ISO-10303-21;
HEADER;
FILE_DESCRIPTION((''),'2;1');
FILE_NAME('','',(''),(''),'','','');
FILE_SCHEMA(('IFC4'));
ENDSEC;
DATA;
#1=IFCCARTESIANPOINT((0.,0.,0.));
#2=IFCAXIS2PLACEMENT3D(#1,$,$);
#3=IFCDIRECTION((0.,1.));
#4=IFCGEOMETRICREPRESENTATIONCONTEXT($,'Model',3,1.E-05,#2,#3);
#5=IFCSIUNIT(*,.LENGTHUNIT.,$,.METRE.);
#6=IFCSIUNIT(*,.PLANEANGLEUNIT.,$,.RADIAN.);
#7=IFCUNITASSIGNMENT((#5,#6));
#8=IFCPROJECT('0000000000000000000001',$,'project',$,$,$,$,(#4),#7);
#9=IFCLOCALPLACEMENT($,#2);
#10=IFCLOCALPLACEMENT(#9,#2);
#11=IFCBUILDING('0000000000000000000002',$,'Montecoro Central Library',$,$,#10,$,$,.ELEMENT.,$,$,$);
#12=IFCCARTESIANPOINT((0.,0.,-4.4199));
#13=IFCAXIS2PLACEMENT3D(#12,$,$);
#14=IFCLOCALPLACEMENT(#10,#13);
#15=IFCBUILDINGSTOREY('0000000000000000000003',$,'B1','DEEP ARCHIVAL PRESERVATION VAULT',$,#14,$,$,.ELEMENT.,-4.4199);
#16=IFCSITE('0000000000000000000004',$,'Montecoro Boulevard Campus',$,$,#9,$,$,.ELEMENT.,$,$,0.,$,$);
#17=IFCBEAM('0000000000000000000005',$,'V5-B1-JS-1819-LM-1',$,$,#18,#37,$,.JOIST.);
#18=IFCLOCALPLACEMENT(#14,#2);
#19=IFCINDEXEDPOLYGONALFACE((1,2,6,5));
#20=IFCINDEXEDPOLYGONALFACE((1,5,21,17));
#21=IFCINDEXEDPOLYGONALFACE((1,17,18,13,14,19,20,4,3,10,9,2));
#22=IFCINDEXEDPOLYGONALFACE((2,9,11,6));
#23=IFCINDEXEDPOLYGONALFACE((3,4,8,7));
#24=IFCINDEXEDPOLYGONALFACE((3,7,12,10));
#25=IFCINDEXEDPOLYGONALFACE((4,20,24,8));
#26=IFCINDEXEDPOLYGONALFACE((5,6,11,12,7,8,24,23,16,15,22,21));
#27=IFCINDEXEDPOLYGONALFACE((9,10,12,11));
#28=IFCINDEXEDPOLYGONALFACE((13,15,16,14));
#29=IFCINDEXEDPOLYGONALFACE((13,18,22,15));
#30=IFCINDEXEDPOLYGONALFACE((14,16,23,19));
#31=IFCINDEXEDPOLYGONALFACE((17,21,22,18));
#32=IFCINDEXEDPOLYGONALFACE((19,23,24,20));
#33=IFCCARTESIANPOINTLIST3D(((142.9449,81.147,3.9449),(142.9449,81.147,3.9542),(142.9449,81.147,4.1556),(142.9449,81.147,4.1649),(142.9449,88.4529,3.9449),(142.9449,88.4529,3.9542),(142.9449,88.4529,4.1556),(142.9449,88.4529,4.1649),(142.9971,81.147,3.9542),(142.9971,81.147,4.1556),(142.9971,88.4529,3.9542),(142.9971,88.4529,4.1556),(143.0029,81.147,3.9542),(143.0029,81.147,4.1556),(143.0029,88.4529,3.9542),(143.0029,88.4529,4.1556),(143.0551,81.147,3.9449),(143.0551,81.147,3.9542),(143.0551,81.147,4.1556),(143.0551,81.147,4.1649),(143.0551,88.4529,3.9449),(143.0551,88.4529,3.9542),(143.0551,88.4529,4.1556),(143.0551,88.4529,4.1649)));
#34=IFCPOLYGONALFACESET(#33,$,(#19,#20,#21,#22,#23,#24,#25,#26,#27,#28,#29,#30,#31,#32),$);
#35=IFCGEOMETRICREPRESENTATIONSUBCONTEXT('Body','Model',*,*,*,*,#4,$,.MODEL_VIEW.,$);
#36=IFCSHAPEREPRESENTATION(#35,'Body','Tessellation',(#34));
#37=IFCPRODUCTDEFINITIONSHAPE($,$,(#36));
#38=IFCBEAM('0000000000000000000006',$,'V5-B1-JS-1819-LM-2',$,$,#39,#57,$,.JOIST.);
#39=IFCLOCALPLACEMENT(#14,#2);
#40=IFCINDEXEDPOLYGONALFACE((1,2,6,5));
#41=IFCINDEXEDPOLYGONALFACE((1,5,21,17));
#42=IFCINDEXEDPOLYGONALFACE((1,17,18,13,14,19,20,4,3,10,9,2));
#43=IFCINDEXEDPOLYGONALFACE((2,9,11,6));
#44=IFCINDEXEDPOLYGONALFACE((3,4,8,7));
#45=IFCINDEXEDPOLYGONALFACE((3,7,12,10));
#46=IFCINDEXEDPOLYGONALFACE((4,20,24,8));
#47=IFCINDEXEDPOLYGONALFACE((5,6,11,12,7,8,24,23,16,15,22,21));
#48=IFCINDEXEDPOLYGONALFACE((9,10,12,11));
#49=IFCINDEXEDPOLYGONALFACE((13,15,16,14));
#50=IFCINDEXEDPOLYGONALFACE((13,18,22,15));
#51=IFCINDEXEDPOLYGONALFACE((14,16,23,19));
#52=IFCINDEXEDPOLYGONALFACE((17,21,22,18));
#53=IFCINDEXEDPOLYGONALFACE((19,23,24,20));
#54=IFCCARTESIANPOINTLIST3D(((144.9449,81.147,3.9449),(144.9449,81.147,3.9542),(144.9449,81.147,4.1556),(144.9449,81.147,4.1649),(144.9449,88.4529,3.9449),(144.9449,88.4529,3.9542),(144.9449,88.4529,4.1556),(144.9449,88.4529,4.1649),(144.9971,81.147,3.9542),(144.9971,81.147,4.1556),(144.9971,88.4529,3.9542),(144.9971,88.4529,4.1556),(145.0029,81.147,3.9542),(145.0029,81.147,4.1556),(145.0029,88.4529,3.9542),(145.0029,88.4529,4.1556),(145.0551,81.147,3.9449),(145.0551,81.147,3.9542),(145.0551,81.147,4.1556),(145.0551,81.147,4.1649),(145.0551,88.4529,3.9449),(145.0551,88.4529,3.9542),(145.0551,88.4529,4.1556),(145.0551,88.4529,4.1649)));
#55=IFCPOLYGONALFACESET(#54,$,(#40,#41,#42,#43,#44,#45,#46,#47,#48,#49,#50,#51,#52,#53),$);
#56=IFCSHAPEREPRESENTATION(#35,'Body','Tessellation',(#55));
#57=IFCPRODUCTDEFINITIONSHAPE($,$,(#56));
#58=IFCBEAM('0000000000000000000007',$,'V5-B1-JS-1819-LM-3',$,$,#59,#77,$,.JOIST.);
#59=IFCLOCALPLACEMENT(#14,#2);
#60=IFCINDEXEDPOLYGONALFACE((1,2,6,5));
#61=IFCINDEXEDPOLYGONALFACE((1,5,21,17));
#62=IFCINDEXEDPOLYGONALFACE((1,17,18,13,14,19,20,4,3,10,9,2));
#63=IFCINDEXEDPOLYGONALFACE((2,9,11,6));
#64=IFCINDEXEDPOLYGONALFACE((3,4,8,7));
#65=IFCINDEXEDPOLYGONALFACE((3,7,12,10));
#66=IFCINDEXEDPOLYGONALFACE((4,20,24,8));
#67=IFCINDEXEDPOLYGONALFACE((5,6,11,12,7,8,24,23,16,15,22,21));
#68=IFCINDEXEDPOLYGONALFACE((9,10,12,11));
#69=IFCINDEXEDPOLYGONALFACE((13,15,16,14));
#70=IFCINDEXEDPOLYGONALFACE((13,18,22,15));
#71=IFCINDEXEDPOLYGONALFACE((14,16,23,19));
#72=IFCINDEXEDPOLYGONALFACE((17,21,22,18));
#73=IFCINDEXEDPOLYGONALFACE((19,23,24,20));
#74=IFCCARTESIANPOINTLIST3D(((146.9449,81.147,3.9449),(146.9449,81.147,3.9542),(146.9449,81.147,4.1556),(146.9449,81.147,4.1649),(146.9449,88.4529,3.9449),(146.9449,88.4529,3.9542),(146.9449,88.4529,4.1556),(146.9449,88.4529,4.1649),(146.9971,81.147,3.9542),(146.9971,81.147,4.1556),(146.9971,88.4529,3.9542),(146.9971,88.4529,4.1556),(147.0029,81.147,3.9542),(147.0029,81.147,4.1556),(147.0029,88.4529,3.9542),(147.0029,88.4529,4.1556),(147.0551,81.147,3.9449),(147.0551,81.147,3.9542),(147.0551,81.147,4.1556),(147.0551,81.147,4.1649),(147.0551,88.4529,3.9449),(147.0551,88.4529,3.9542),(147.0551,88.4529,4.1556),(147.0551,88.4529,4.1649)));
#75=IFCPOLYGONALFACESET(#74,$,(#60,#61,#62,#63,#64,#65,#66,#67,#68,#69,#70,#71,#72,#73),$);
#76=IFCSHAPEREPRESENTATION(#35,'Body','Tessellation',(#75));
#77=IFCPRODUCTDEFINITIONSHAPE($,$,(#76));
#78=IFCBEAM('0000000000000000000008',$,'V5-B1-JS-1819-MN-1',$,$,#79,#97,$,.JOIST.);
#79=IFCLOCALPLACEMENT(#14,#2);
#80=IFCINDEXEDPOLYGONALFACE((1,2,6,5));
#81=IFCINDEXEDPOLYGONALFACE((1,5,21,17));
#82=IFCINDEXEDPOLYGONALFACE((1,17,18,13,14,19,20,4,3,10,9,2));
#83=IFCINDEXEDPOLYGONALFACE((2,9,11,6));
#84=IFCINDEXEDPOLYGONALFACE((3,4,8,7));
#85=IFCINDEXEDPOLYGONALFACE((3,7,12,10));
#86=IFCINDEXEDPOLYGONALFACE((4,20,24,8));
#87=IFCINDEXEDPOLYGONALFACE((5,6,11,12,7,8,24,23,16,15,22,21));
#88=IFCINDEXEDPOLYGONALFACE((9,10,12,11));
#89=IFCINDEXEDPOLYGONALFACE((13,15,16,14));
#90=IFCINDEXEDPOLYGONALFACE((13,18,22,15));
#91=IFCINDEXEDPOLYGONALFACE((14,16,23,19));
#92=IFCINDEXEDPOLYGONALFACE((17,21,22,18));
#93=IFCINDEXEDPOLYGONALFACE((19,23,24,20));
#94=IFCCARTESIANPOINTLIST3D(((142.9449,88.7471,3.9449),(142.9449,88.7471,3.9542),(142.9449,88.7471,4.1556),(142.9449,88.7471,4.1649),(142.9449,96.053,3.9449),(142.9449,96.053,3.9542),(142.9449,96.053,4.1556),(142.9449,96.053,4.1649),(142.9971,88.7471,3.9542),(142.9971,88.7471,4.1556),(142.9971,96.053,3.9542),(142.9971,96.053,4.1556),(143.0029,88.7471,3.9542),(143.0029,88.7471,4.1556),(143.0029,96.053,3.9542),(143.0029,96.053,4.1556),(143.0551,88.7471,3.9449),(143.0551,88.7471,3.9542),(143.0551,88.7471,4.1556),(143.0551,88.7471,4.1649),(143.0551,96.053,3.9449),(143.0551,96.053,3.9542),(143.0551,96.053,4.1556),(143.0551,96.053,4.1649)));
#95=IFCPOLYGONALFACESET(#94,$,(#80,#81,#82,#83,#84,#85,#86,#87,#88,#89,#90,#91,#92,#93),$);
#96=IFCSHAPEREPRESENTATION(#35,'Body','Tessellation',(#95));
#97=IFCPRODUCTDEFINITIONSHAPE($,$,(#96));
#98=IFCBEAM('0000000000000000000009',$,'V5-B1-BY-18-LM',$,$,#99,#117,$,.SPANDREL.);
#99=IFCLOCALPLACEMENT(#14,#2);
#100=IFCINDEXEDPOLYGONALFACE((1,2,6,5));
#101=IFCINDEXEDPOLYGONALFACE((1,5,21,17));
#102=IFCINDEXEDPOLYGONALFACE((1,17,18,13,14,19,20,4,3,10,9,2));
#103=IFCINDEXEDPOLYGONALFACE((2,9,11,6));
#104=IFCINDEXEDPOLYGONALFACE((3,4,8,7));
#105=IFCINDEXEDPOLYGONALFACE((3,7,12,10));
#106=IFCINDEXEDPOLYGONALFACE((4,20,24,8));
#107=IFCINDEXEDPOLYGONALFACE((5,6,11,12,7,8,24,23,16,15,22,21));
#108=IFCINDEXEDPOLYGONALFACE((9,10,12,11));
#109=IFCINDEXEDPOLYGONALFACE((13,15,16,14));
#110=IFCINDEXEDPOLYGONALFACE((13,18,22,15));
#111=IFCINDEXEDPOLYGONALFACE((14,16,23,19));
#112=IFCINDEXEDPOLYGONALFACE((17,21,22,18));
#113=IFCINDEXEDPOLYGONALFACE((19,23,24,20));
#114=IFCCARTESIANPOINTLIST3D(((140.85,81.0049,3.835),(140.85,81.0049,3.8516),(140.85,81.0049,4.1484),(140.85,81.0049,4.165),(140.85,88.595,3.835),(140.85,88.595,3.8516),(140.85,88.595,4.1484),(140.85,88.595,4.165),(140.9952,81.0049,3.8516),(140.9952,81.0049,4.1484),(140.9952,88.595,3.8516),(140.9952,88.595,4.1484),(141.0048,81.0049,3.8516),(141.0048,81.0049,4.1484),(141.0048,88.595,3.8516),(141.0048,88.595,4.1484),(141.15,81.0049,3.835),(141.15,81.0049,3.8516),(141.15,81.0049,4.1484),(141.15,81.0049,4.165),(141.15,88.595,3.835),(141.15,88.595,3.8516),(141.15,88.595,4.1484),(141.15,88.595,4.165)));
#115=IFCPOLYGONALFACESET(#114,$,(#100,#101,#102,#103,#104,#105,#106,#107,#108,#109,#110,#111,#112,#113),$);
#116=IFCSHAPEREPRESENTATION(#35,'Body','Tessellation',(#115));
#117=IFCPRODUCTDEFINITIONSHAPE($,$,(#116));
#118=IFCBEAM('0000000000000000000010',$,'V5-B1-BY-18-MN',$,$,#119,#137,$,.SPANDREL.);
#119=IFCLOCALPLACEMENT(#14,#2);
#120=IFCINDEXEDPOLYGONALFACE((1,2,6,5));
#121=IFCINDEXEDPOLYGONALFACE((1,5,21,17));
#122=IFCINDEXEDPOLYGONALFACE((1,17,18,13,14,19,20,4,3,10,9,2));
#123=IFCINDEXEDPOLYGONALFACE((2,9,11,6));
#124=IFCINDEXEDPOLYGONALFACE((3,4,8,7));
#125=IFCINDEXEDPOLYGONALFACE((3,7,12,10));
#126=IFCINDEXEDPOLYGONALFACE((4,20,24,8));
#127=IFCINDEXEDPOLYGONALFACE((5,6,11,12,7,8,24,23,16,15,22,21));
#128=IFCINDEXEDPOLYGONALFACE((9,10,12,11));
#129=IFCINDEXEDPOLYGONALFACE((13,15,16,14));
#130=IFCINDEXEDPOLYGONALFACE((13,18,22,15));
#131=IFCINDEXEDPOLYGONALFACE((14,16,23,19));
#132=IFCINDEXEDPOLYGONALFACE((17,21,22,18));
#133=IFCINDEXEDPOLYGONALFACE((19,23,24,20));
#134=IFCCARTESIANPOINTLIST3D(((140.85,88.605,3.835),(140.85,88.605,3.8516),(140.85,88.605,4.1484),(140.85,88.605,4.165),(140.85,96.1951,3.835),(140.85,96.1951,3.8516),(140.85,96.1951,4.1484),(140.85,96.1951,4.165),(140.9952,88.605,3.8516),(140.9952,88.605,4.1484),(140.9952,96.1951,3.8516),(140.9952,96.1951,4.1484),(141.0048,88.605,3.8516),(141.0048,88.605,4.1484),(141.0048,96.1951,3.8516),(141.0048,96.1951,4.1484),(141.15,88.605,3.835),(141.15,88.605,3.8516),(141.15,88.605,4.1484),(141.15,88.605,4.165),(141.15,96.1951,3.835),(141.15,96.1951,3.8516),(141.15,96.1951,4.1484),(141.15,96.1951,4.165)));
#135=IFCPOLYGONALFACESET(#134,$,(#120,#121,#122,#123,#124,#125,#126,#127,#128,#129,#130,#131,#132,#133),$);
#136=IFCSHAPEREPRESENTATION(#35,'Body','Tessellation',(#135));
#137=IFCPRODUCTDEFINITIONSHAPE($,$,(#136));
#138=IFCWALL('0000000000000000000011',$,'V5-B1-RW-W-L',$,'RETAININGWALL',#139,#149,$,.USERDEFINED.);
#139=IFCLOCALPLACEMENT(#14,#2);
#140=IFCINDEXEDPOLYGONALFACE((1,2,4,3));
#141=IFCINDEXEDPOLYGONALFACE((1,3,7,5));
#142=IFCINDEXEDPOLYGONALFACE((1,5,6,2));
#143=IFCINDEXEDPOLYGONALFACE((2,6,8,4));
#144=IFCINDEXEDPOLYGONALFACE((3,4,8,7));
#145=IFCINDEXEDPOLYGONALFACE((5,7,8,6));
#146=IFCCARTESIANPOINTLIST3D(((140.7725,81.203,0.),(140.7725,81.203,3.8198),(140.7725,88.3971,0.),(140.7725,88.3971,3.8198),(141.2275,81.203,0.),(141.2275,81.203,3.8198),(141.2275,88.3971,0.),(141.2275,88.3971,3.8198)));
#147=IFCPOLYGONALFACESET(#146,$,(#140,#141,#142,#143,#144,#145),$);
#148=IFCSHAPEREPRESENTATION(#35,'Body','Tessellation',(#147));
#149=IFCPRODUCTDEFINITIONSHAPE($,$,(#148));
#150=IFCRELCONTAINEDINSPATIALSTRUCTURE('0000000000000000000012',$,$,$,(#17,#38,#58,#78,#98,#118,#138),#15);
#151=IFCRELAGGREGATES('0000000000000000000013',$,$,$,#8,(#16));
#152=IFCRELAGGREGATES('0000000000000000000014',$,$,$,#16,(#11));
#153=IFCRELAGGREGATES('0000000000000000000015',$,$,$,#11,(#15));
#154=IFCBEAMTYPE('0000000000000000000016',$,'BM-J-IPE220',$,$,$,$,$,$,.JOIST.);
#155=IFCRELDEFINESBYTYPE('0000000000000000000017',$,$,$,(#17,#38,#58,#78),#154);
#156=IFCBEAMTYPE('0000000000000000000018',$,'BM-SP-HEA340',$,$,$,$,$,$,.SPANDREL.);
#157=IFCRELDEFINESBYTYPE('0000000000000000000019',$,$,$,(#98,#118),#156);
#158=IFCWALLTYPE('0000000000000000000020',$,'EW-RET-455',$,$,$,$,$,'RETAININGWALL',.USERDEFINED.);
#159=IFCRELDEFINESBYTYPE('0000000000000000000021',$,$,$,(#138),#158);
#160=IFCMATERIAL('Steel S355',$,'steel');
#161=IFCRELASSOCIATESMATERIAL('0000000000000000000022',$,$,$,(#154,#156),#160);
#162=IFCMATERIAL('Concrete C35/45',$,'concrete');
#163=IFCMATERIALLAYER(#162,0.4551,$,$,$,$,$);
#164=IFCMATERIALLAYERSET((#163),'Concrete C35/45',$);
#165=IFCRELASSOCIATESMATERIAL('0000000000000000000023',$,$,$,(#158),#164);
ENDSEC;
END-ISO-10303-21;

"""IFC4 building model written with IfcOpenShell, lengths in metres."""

from ifc_helpers import new_model, si_unit, direction, frame, frame_2d, origin, origin_2d, place, context, subcontext, project, spatial, rectangle, i_section, extrude, material, layer, layer_set, material_profile, profile_set, type_object, element, save


model = new_model("IFC4")

# Units and contexts
model_context = context("Model", 3, precision=1e-05, world=origin(), true_north=direction((0.0, 1.0)))
body_context = subcontext(model_context, "Body", "Model", "MODEL_VIEW")
ifc_project = project(units=[si_unit("LENGTHUNIT", "METRE"), si_unit("PLANEANGLEUNIT", "RADIAN")], contexts=[model_context])

# Site, building, storey
site_placement = place(None, origin())
site = spatial("IfcSite", under=ifc_project, at=site_placement, Name="Montecoro Boulevard Campus", CompositionType="ELEMENT", RefElevation=0.0)
building_placement = place(site_placement, origin())
building = spatial("IfcBuilding", under=site, at=building_placement, Name="Montecoro Central Library", CompositionType="ELEMENT")
storey_placement = place(building_placement, frame((0.0, 0.0, -4.4199)))
storey = spatial("IfcBuildingStorey", under=building, at=storey_placement, Name="B1", Description="DEEP ARCHIVAL PRESERVATION VAULT", CompositionType="ELEMENT", Elevation=-4.4199)

# Shared definitions
ifc_material_1 = material(Name="Concrete C35/45", Category="concrete")

# Beams
ifc_material_2 = material(Name="Steel S355", Category="steel")
ifc_material_profile_1 = material_profile(ifc_material_2, i_section(OverallWidth=0.1101, OverallDepth=0.22, WebThickness=0.0059, FlangeThickness=0.0093, at=origin_2d()), Name="IPE 220")
ifc_profile_set_1 = profile_set([ifc_material_profile_1], Name="Steel S355")
beam_type_1 = type_object("IfcBeamType", Name="BM-J-IPE220", PredefinedType="JOIST", material=ifc_profile_set_1)
for number, where, z_axis, x_axis, name in (
    (1, (143.0, 81.147, 4.0549), (0.0, 1.0, 0.0), (-1.0, 0.0, 0.0), "V5-B1-JS-1819-LM-1"),
    (2, (145.0, 81.147, 4.0549), (0.0, 1.0, 0.0), (-1.0, 0.0, 0.0), "V5-B1-JS-1819-LM-2"),
    (3, (147.0, 81.147, 4.0549), (0.0, 1.0, 0.0), (-1.0, 0.0, 0.0), "V5-B1-JS-1819-LM-3"),
    (4, (143.0, 88.7471, 4.0549), (0.0, 1.0, 0.0), (-1.0, 0.0, 0.0), "V5-B1-JS-1819-MN-1"),
):
    element("IfcBeam", number, at=place(storey_placement, frame(where, z_axis=z_axis, x_axis=x_axis)), inside=storey, type_object=beam_type_1, Name=name, PredefinedType="JOIST", context=body_context, shape_type="SweptSolid", body=[
        extrude(i_section(OverallWidth=0.1101, OverallDepth=0.22, WebThickness=0.0059, FlangeThickness=0.0093, at=origin_2d()), origin(), (0.0, 0.0, 1.0), 7.3059),
    ])
ifc_material_profile_2 = material_profile(ifc_material_2, i_section(OverallWidth=0.3, OverallDepth=0.3301, WebThickness=0.0095, FlangeThickness=0.0166, at=origin_2d()), Name="HEA 340")
ifc_profile_set_2 = profile_set([ifc_material_profile_2], Name="Steel S355")
beam_type_2 = type_object("IfcBeamType", Name="BM-SP-HEA340", PredefinedType="SPANDREL", material=ifc_profile_set_2)
for number, where, z_axis, x_axis, name in (
    (5, (141.0, 81.0049, 4.0), (0.0, 1.0, 0.0), (-1.0, 0.0, 0.0), "V5-B1-BY-18-LM"),
    (6, (141.0, 88.605, 4.0), (0.0, 1.0, 0.0), (-1.0, 0.0, 0.0), "V5-B1-BY-18-MN"),
):
    element("IfcBeam", number, at=place(storey_placement, frame(where, z_axis=z_axis, x_axis=x_axis)), inside=storey, type_object=beam_type_2, Name=name, PredefinedType="SPANDREL", context=body_context, shape_type="SweptSolid", body=[
        extrude(i_section(OverallWidth=0.3, OverallDepth=0.3301, WebThickness=0.0095, FlangeThickness=0.0166, at=origin_2d()), origin(), (0.0, 0.0, 1.0), 7.5901),
    ])

# Wall
ifc_layer = layer(ifc_material_1, 0.4551)
ifc_layer_set = layer_set([ifc_layer], Name="Concrete C35/45")
wall_type = type_object("IfcWallType", Name="EW-RET-455", ElementType="RETAININGWALL", PredefinedType="USERDEFINED", material=ifc_layer_set)
wall_placement = place(storey_placement, frame((141.0, 81.2029, 0.0), z_axis=(0.0, 0.0, 1.0), x_axis=(0.0, 1.0, 0.0)))
element("IfcWall", 7, at=wall_placement, inside=storey, type_object=wall_type, Name="V5-B1-RW-W-L", ObjectType="RETAININGWALL", PredefinedType="USERDEFINED", context=body_context, shape_type="SweptSolid", body=[
    extrude(rectangle(XDim=7.1941, YDim=0.4551, at=frame_2d((3.5972, 0.0))), origin(), (0.0, 0.0, 1.0), 3.8198),
])

save(model, "model.ifc")
